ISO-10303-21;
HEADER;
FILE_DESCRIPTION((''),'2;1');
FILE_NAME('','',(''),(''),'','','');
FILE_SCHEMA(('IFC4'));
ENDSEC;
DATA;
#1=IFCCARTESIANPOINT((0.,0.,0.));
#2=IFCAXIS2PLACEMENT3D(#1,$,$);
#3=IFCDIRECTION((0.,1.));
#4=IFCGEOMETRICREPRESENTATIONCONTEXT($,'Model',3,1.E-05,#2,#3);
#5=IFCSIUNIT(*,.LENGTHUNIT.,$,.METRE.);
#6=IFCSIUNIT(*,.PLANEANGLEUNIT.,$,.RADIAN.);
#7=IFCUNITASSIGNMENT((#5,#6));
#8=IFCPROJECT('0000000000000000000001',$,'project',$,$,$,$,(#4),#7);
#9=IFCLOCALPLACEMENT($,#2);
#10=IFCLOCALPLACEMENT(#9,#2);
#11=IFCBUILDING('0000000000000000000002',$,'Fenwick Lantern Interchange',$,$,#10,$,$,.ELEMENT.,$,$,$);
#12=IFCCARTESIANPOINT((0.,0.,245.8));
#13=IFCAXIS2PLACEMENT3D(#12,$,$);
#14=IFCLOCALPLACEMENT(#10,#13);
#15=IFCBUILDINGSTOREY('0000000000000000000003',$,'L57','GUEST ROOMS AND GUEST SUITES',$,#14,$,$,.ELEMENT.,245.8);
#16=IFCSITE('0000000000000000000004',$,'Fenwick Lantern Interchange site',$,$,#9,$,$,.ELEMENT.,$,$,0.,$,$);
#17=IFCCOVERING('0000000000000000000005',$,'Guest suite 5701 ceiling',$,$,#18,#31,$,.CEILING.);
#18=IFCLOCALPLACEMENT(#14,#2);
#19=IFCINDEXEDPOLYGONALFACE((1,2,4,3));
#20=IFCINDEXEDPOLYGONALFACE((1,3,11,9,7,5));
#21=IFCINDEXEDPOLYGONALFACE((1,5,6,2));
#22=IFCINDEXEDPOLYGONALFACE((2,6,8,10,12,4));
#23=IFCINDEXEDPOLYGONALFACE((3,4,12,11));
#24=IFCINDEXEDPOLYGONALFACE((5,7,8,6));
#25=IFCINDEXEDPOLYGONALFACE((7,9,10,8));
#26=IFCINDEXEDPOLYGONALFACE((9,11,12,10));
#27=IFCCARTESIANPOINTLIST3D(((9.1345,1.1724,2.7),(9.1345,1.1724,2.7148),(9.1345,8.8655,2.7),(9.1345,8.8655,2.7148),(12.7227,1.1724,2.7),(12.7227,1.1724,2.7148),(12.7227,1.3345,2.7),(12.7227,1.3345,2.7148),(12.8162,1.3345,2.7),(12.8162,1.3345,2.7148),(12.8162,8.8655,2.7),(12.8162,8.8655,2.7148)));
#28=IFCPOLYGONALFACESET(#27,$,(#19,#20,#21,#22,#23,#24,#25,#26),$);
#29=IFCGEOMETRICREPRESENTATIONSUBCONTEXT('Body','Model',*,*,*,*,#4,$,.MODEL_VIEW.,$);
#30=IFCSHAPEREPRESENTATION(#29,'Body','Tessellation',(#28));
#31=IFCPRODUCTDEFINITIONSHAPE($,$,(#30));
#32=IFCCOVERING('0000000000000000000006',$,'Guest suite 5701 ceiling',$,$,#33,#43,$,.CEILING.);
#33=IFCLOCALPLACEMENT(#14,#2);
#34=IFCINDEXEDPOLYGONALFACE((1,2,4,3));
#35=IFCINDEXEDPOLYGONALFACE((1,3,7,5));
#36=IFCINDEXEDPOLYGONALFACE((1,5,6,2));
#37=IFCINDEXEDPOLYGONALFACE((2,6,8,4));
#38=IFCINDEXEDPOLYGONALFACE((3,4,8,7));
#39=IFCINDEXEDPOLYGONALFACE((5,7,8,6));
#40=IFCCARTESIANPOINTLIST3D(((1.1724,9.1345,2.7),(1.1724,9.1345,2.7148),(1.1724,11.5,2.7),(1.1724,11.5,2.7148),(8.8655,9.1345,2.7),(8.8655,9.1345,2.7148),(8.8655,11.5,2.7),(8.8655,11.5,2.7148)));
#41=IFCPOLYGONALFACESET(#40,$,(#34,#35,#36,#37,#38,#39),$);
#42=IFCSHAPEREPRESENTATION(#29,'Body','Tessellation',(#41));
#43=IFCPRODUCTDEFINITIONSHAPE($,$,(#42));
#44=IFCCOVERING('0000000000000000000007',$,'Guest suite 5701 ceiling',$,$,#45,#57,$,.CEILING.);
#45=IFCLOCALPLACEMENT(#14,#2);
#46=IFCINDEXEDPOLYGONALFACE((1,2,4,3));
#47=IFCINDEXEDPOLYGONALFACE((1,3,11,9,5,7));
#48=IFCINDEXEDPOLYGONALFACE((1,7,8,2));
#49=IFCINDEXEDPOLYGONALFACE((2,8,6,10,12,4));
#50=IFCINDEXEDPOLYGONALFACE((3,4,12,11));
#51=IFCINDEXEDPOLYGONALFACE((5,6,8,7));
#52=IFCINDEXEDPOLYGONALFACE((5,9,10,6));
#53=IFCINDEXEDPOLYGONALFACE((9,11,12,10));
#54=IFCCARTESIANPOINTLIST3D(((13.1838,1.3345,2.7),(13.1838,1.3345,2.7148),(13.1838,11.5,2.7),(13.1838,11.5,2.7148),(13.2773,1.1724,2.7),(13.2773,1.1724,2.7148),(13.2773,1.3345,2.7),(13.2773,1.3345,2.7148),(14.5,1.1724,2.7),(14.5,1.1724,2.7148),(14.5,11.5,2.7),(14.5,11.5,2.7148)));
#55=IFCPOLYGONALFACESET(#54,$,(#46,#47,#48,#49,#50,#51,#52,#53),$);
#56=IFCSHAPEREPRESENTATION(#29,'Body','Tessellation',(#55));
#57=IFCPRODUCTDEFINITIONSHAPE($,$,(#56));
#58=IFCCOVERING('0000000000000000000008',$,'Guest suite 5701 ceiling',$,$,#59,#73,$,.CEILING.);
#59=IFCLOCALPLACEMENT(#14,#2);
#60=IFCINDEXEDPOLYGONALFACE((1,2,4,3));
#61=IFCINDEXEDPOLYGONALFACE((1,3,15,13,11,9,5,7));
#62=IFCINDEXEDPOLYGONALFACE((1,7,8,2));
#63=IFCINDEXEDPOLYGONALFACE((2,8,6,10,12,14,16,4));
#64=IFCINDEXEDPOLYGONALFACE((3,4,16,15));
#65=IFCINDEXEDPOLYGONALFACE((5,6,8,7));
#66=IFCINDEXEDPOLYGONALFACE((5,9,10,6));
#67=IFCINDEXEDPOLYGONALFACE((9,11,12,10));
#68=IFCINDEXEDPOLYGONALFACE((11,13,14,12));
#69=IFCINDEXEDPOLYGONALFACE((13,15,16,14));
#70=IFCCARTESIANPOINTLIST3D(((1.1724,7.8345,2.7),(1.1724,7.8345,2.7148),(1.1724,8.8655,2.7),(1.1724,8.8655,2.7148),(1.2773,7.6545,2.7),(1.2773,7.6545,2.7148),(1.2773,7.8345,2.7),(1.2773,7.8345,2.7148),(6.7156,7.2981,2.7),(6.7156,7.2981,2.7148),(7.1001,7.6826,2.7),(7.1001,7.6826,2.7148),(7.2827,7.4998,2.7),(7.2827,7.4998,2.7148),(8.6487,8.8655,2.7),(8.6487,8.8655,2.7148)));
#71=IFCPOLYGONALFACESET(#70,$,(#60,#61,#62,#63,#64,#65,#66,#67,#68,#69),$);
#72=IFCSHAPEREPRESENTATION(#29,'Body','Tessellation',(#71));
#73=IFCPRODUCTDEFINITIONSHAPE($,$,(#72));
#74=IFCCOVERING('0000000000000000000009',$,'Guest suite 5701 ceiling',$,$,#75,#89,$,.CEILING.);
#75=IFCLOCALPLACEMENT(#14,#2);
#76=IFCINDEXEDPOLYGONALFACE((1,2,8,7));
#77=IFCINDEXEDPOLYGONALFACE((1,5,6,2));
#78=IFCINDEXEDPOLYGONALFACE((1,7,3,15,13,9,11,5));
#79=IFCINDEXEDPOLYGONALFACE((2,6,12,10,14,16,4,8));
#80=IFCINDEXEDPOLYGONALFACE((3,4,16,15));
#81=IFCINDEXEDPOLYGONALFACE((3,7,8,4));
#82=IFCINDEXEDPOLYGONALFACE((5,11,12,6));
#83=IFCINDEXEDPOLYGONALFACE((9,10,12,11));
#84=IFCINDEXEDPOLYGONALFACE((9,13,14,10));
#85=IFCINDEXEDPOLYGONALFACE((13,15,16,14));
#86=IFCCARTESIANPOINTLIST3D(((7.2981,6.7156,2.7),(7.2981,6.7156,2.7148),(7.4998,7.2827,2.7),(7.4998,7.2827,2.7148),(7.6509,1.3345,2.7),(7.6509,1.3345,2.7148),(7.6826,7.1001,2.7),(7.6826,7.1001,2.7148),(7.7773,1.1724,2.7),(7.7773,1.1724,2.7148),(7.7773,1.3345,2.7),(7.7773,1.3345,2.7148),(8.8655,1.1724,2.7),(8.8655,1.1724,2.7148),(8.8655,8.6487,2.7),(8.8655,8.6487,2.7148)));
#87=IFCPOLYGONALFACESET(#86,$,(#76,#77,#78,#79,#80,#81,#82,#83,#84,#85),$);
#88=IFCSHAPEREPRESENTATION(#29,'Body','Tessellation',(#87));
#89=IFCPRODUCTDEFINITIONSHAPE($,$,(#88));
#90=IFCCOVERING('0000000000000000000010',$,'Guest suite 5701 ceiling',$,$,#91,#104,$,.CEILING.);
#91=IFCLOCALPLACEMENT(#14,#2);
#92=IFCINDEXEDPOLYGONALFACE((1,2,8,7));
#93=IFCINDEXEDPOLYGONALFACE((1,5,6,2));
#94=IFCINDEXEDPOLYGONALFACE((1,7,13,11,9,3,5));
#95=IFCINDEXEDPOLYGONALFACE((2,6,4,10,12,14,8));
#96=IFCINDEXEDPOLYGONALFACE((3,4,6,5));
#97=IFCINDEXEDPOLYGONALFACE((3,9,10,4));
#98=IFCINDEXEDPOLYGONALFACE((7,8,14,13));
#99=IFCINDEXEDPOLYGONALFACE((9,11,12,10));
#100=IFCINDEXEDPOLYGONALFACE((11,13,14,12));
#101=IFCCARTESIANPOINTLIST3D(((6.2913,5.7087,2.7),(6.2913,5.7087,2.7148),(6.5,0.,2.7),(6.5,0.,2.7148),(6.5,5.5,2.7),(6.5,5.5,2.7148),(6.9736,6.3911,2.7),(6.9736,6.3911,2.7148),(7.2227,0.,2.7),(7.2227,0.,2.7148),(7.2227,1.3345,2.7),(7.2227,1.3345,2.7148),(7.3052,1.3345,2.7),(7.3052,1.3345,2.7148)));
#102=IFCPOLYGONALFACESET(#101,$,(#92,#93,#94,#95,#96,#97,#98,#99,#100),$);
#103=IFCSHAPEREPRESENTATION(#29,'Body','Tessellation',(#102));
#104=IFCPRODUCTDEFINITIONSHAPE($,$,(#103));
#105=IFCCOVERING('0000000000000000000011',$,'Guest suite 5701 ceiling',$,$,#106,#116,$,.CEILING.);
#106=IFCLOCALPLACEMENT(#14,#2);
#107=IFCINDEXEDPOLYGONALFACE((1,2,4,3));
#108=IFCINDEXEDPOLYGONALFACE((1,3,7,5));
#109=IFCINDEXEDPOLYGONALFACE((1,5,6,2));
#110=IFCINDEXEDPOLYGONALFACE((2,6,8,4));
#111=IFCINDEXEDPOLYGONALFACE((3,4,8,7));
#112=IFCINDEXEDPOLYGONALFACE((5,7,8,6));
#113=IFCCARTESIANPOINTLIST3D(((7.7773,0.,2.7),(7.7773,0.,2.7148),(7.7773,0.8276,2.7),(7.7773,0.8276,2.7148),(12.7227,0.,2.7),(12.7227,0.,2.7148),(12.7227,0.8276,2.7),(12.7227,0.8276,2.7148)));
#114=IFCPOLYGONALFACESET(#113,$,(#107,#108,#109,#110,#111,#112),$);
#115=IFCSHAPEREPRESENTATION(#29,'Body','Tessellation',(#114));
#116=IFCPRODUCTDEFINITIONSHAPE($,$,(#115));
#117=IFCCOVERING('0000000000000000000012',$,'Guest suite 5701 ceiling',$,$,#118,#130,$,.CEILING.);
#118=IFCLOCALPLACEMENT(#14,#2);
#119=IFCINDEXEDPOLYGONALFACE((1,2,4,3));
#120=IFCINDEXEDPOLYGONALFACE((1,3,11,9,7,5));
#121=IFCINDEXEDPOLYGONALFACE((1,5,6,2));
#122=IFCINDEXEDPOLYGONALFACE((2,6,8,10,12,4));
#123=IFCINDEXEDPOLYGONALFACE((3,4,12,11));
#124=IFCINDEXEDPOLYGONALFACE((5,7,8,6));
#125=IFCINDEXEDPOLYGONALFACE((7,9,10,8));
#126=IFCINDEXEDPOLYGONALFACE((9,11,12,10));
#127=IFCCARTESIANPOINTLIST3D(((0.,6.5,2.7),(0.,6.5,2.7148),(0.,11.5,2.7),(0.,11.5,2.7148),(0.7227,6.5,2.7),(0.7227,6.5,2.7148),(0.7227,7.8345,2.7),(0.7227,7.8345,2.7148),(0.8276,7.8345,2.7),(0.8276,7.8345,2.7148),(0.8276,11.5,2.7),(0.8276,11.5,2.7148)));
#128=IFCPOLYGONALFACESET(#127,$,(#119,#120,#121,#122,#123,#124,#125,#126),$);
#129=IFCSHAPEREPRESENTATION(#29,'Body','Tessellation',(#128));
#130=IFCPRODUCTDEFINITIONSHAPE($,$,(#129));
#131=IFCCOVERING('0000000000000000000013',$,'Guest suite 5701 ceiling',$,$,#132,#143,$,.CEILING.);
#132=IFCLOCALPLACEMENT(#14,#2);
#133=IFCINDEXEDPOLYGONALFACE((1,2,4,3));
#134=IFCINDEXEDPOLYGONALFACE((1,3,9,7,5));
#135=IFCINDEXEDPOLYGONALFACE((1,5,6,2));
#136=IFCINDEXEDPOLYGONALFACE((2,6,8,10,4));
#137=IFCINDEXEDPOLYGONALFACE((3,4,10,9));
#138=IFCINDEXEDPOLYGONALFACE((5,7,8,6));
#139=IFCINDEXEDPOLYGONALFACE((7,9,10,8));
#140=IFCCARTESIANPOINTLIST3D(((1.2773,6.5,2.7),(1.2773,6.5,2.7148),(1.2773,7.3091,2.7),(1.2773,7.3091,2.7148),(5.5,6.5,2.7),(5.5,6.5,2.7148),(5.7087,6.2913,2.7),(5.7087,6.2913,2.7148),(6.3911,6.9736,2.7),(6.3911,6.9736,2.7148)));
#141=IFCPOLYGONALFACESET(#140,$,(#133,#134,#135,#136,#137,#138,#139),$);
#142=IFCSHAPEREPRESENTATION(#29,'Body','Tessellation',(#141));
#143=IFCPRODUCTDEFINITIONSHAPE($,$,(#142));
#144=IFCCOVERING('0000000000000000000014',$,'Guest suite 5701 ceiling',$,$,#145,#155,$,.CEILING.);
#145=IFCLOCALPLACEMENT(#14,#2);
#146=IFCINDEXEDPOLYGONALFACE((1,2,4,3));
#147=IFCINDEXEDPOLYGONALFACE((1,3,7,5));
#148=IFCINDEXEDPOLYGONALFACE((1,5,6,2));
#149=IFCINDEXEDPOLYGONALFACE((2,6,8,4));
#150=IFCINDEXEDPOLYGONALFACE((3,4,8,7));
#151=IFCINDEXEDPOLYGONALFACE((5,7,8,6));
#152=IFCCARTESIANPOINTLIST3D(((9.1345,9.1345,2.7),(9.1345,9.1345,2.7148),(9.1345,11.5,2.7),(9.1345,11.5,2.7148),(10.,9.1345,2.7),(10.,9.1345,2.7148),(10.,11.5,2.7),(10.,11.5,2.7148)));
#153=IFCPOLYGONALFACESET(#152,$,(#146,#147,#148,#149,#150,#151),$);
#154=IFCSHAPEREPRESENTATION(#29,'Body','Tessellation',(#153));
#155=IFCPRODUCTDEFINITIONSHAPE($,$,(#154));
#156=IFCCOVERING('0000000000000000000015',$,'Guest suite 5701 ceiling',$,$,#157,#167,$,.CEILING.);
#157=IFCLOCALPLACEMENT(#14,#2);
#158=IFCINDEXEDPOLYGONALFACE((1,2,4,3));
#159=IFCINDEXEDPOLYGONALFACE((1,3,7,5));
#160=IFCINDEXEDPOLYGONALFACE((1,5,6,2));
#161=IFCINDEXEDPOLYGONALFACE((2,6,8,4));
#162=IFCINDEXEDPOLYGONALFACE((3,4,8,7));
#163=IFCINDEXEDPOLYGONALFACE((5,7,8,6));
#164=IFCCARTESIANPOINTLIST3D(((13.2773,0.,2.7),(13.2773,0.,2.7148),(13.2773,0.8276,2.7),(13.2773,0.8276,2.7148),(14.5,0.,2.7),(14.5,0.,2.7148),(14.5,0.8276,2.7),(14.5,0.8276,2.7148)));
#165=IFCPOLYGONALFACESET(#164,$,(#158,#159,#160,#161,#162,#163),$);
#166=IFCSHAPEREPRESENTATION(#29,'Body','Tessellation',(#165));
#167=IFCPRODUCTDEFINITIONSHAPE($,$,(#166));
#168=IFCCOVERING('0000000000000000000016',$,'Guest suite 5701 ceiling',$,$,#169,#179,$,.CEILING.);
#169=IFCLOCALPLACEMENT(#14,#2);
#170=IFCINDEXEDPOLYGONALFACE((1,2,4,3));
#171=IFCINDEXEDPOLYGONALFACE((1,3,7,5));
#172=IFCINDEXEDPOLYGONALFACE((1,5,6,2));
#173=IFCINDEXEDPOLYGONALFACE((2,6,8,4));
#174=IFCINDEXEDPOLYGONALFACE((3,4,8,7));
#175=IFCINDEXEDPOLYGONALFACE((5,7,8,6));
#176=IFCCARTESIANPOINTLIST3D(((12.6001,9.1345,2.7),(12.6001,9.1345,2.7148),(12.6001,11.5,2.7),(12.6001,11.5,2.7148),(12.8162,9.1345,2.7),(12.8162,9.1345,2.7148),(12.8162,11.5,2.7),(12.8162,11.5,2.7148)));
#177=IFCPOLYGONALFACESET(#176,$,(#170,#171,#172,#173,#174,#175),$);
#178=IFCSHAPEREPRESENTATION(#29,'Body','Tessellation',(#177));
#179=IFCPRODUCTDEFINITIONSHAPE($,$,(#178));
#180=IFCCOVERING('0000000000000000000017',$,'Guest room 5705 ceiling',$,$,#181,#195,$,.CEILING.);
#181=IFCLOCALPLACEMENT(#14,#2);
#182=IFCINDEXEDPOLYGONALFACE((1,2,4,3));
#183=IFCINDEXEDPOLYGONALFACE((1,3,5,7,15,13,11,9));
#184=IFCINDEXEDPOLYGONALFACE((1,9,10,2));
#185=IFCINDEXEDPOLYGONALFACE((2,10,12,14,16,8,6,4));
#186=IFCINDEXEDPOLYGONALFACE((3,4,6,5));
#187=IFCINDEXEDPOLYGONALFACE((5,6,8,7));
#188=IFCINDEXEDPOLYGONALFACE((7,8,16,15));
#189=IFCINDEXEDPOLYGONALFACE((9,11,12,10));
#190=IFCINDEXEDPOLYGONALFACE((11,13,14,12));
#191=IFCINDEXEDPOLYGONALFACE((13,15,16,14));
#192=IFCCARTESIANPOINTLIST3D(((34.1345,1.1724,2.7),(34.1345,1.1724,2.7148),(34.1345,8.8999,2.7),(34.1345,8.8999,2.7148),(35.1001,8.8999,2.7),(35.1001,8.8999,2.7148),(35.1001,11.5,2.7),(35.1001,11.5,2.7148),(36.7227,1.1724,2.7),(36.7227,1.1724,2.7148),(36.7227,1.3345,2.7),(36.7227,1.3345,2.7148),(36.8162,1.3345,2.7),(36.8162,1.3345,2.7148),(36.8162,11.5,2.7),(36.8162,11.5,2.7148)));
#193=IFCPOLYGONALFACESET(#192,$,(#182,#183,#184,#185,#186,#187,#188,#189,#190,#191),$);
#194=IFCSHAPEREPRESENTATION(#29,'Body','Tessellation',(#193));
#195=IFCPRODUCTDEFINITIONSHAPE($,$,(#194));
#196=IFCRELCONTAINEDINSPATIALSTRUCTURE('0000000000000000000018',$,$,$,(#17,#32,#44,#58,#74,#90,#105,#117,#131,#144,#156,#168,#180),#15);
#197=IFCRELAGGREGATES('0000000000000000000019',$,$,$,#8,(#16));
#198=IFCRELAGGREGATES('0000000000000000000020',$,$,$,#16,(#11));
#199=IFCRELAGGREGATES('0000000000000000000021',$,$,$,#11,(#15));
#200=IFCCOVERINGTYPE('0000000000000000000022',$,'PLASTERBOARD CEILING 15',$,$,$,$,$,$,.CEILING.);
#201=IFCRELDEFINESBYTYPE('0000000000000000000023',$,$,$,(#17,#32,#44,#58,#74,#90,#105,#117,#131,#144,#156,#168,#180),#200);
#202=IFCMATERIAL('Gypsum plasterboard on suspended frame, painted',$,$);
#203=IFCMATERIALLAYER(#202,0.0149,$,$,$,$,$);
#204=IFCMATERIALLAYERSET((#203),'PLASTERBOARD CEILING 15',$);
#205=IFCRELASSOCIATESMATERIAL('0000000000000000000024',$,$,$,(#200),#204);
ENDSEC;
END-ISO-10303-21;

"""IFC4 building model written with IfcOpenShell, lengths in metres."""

from ifc_helpers import new_model, si_unit, direction, frame, origin, place, context, subcontext, project, spatial, polyline, outline, extrude, material, layer, layer_set, type_object, element, save


model = new_model("IFC4")

# Units and contexts
model_context = context("Model", 3, precision=1e-05, world=origin(), true_north=direction((0.0, 1.0)))
body_context = subcontext(model_context, "Body", "Model", "MODEL_VIEW")
ifc_project = project(units=[si_unit("LENGTHUNIT", "METRE"), si_unit("PLANEANGLEUNIT", "RADIAN")], contexts=[model_context])

# Site, building, storey
site_placement = place(None, origin())
site = spatial("IfcSite", under=ifc_project, at=site_placement, Name="Fenwick Lantern Interchange site", CompositionType="ELEMENT", RefElevation=0.0)
building_placement = place(site_placement, origin())
building = spatial("IfcBuilding", under=site, at=building_placement, Name="Fenwick Lantern Interchange", CompositionType="ELEMENT")
storey_placement = place(building_placement, frame((0.0, 0.0, 245.8)))
storey = spatial("IfcBuildingStorey", under=building, at=storey_placement, Name="L57", Description="GUEST ROOMS AND GUEST SUITES", CompositionType="ELEMENT", Elevation=245.8)

# Coverings
ifc_material = material(Name="Gypsum plasterboard on suspended frame, painted")
ifc_layer = layer(ifc_material, 0.0149)
ifc_layer_set = layer_set([ifc_layer], Name="PLASTERBOARD CEILING 15")
covering_type = type_object("IfcCoveringType", Name="PLASTERBOARD CEILING 15", PredefinedType="CEILING", material=ifc_layer_set)
covering_1_placement = place(storey_placement, frame((0.0, 0.0, 2.7)))
element("IfcCovering", 1, at=covering_1_placement, inside=storey, type_object=covering_type, Name="Guest suite 5701 ceiling", PredefinedType="CEILING", context=body_context, shape_type="SweptSolid", body=[
    extrude(outline(polyline([(12.7227, 1.3345), (12.8162, 1.3345), (12.8162, 8.8655), (9.1345, 8.8655), (9.1345, 1.1724), (12.7227, 1.1724), (12.7227, 1.3345)])), origin(), (0.0, 0.0, 1.0), 0.0149),
])
covering_2_placement = place(storey_placement, frame((0.0, 0.0, 2.7)))
element("IfcCovering", 2, at=covering_2_placement, inside=storey, type_object=covering_type, Name="Guest suite 5701 ceiling", PredefinedType="CEILING", context=body_context, shape_type="SweptSolid", body=[
    extrude(outline(polyline([(8.8655, 11.5), (1.1724, 11.5), (1.1724, 9.1345), (8.8655, 9.1345), (8.8655, 11.5)])), origin(), (0.0, 0.0, 1.0), 0.0149),
])
covering_3_placement = place(storey_placement, frame((0.0, 0.0, 2.7)))
element("IfcCovering", 3, at=covering_3_placement, inside=storey, type_object=covering_type, Name="Guest suite 5701 ceiling", PredefinedType="CEILING", context=body_context, shape_type="SweptSolid", body=[
    extrude(outline(polyline([(14.5, 11.5), (13.1838, 11.5), (13.1838, 1.3345), (13.2773, 1.3345), (13.2773, 1.1724), (14.5, 1.1724), (14.5, 11.5)])), origin(), (0.0, 0.0, 1.0), 0.0149),
])
covering_4_placement = place(storey_placement, frame((0.0, 0.0, 2.7)))
element("IfcCovering", 4, at=covering_4_placement, inside=storey, type_object=covering_type, Name="Guest suite 5701 ceiling", PredefinedType="CEILING", context=body_context, shape_type="SweptSolid", body=[
    extrude(outline(polyline([(7.1001, 7.6826), (7.2827, 7.4998), (8.6487, 8.8655), (1.1724, 8.8655), (1.1724, 7.8345), (1.2773, 7.8345), (1.2773, 7.6545), (6.7156, 7.2981), (7.1001, 7.6826)])), origin(), (0.0, 0.0, 1.0), 0.0149),
])
covering_5_placement = place(storey_placement, frame((0.0, 0.0, 2.7)))
element("IfcCovering", 5, at=covering_5_placement, inside=storey, type_object=covering_type, Name="Guest suite 5701 ceiling", PredefinedType="CEILING", context=body_context, shape_type="SweptSolid", body=[
    extrude(outline(polyline([(7.7773, 1.3345), (7.7773, 1.1724), (8.8655, 1.1724), (8.8655, 8.6487), (7.4998, 7.2827), (7.6826, 7.1001), (7.2981, 6.7156), (7.6509, 1.3345), (7.7773, 1.3345)])), origin(), (0.0, 0.0, 1.0), 0.0149),
])
covering_6_placement = place(storey_placement, frame((0.0, 0.0, 2.7)))
element("IfcCovering", 6, at=covering_6_placement, inside=storey, type_object=covering_type, Name="Guest suite 5701 ceiling", PredefinedType="CEILING", context=body_context, shape_type="SweptSolid", body=[
    extrude(outline(polyline([(7.2227, 1.3345), (7.3052, 1.3345), (6.9736, 6.3911), (6.2913, 5.7087), (6.5, 5.5), (6.5, 0.0), (7.2227, 0.0), (7.2227, 1.3345)])), origin(), (0.0, 0.0, 1.0), 0.0149),
])
covering_7_placement = place(storey_placement, frame((0.0, 0.0, 2.7)))
element("IfcCovering", 7, at=covering_7_placement, inside=storey, type_object=covering_type, Name="Guest suite 5701 ceiling", PredefinedType="CEILING", context=body_context, shape_type="SweptSolid", body=[
    extrude(outline(polyline([(12.7227, 0.0), (12.7227, 0.8276), (7.7773, 0.8276), (7.7773, 0.0), (12.7227, 0.0)])), origin(), (0.0, 0.0, 1.0), 0.0149),
])
covering_8_placement = place(storey_placement, frame((0.0, 0.0, 2.7)))
element("IfcCovering", 8, at=covering_8_placement, inside=storey, type_object=covering_type, Name="Guest suite 5701 ceiling", PredefinedType="CEILING", context=body_context, shape_type="SweptSolid", body=[
    extrude(outline(polyline([(0.7227, 7.8345), (0.8276, 7.8345), (0.8276, 11.5), (0.0, 11.5), (0.0, 6.5), (0.7227, 6.5), (0.7227, 7.8345)])), origin(), (0.0, 0.0, 1.0), 0.0149),
])
covering_9_placement = place(storey_placement, frame((0.0, 0.0, 2.7)))
element("IfcCovering", 9, at=covering_9_placement, inside=storey, type_object=covering_type, Name="Guest suite 5701 ceiling", PredefinedType="CEILING", context=body_context, shape_type="SweptSolid", body=[
    extrude(outline(polyline([(5.7087, 6.2913), (6.3911, 6.9736), (1.2773, 7.3091), (1.2773, 6.5), (5.5, 6.5), (5.7087, 6.2913)])), origin(), (0.0, 0.0, 1.0), 0.0149),
])
covering_10_placement = place(storey_placement, frame((0.0, 0.0, 2.7)))
element("IfcCovering", 10, at=covering_10_placement, inside=storey, type_object=covering_type, Name="Guest suite 5701 ceiling", PredefinedType="CEILING", context=body_context, shape_type="SweptSolid", body=[
    extrude(outline(polyline([(10.0, 9.1345), (10.0, 11.5), (9.1345, 11.5), (9.1345, 9.1345), (10.0, 9.1345)])), origin(), (0.0, 0.0, 1.0), 0.0149),
])
covering_11_placement = place(storey_placement, frame((0.0, 0.0, 2.7)))
element("IfcCovering", 11, at=covering_11_placement, inside=storey, type_object=covering_type, Name="Guest suite 5701 ceiling", PredefinedType="CEILING", context=body_context, shape_type="SweptSolid", body=[
    extrude(outline(polyline([(14.5, 0.0), (14.5, 0.8276), (13.2773, 0.8276), (13.2773, 0.0), (14.5, 0.0)])), origin(), (0.0, 0.0, 1.0), 0.0149),
])
covering_12_placement = place(storey_placement, frame((0.0, 0.0, 2.7)))
element("IfcCovering", 12, at=covering_12_placement, inside=storey, type_object=covering_type, Name="Guest suite 5701 ceiling", PredefinedType="CEILING", context=body_context, shape_type="SweptSolid", body=[
    extrude(outline(polyline([(12.6001, 11.5), (12.6001, 9.1345), (12.8162, 9.1345), (12.8162, 11.5), (12.6001, 11.5)])), origin(), (0.0, 0.0, 1.0), 0.0149),
])
covering_13_placement = place(storey_placement, frame((0.0, 0.0, 2.7)))
element("IfcCovering", 13, at=covering_13_placement, inside=storey, type_object=covering_type, Name="Guest room 5705 ceiling", PredefinedType="CEILING", context=body_context, shape_type="SweptSolid", body=[
    extrude(outline(polyline([(36.7227, 1.3345), (36.8162, 1.3345), (36.8162, 11.5), (35.1001, 11.5), (35.1001, 8.8999), (34.1345, 8.8999), (34.1345, 1.1724), (36.7227, 1.1724), (36.7227, 1.3345)])), origin(), (0.0, 0.0, 1.0), 0.0149),
])

save(model, "model.ifc")
